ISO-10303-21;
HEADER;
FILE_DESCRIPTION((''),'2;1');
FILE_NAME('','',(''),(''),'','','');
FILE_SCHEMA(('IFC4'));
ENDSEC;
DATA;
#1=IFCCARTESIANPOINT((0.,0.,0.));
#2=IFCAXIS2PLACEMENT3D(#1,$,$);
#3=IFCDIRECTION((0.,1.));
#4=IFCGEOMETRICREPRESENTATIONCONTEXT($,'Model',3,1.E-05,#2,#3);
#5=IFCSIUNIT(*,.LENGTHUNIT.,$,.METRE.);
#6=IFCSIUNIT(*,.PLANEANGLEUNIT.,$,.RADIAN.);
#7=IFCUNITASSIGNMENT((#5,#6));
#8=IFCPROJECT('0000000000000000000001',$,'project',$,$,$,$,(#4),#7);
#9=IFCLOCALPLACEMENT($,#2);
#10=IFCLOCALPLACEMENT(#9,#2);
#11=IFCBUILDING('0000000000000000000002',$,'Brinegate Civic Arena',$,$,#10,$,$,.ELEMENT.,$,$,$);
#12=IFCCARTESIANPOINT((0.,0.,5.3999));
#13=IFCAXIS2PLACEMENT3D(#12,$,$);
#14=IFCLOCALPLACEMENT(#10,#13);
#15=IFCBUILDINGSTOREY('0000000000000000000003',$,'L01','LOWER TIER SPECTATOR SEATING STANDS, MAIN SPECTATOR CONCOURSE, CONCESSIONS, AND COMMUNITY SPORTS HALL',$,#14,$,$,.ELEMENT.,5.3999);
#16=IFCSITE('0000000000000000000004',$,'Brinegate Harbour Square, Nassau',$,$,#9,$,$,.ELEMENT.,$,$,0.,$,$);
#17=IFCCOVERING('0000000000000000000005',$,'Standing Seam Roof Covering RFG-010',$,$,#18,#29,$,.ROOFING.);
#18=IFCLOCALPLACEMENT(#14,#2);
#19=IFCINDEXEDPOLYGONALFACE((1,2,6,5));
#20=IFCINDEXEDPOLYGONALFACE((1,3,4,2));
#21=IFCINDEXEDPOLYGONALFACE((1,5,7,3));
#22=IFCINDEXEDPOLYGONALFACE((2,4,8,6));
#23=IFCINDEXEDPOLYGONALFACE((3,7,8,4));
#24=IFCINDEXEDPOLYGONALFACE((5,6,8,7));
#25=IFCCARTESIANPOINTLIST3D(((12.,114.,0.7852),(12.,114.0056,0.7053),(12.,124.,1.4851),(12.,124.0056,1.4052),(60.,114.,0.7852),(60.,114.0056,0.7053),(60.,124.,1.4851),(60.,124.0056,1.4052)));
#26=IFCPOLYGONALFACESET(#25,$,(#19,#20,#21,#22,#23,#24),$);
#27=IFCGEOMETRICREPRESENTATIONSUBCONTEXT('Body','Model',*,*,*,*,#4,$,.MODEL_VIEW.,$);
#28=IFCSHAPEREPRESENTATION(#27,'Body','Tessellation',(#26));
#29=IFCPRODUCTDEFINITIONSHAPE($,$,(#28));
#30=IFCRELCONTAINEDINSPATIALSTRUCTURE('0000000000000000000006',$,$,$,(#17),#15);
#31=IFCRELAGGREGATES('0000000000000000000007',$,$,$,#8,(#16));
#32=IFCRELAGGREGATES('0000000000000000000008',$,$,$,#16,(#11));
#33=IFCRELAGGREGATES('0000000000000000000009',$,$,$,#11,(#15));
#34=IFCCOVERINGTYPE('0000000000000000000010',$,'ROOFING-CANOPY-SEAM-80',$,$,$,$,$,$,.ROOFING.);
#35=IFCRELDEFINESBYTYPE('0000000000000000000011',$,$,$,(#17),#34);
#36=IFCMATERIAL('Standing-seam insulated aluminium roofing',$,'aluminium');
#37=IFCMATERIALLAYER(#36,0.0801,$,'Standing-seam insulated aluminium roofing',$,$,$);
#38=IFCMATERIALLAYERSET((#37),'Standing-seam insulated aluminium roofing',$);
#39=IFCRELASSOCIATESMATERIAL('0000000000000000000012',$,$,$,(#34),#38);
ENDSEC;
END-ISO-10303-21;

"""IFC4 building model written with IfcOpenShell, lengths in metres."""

from ifc_helpers import new_model, si_unit, direction, frame, origin, place, context, subcontext, project, spatial, polyline, outline, extrude, material, layer, layer_set, type_object, element, save


model = new_model("IFC4")

# Units and contexts
model_context = context("Model", 3, precision=1e-05, world=origin(), true_north=direction((0.0, 1.0)))
body_context = subcontext(model_context, "Body", "Model", "MODEL_VIEW")
ifc_project = project(units=[si_unit("LENGTHUNIT", "METRE"), si_unit("PLANEANGLEUNIT", "RADIAN")], contexts=[model_context])

# Site, building, storey
site_placement = place(None, origin())
site = spatial("IfcSite", under=ifc_project, at=site_placement, Name="Brinegate Harbour Square, Nassau", CompositionType="ELEMENT", RefElevation=0.0)
building_placement = place(site_placement, origin())
building = spatial("IfcBuilding", under=site, at=building_placement, Name="Brinegate Civic Arena", CompositionType="ELEMENT")
storey_placement = place(building_placement, frame((0.0, 0.0, 5.3999)))
storey = spatial("IfcBuildingStorey", under=building, at=storey_placement, Name="L01", Description="LOWER TIER SPECTATOR SEATING STANDS, MAIN SPECTATOR CONCOURSE, CONCESSIONS, AND COMMUNITY SPORTS HALL", CompositionType="ELEMENT", Elevation=5.3999)

# Covering
ifc_material_1 = material(Name="Standing-seam insulated aluminium roofing", Category="aluminium")
ifc_layer_1 = layer(ifc_material_1, 0.0801, Name="Standing-seam insulated aluminium roofing")
ifc_layer_set_1 = layer_set([ifc_layer_1], Name="Standing-seam insulated aluminium roofing")
covering_type = type_object("IfcCoveringType", Name="ROOFING-CANOPY-SEAM-80", PredefinedType="ROOFING", material=ifc_layer_set_1)
covering_placement = place(storey_placement, frame((12.0, 114.0, 0.7852), z_axis=(0.0, -0.069824, 0.997559), x_axis=(1.0, 0.0, 0.0)))
element("IfcCovering", 1, at=covering_placement, inside=storey, type_object=covering_type, Name="Standing Seam Roof Covering RFG-010", PredefinedType="ROOFING", context=body_context, shape_type="SweptSolid", body=[
    extrude(outline(polyline([(0.0, 0.0), (48.0, 0.0), (48.0, 10.0245), (0.0, 10.0245), (0.0, 0.0)])), origin(), (0.0, 0.0, -1.0), 0.0801),
])

save(model, "model.ifc")
